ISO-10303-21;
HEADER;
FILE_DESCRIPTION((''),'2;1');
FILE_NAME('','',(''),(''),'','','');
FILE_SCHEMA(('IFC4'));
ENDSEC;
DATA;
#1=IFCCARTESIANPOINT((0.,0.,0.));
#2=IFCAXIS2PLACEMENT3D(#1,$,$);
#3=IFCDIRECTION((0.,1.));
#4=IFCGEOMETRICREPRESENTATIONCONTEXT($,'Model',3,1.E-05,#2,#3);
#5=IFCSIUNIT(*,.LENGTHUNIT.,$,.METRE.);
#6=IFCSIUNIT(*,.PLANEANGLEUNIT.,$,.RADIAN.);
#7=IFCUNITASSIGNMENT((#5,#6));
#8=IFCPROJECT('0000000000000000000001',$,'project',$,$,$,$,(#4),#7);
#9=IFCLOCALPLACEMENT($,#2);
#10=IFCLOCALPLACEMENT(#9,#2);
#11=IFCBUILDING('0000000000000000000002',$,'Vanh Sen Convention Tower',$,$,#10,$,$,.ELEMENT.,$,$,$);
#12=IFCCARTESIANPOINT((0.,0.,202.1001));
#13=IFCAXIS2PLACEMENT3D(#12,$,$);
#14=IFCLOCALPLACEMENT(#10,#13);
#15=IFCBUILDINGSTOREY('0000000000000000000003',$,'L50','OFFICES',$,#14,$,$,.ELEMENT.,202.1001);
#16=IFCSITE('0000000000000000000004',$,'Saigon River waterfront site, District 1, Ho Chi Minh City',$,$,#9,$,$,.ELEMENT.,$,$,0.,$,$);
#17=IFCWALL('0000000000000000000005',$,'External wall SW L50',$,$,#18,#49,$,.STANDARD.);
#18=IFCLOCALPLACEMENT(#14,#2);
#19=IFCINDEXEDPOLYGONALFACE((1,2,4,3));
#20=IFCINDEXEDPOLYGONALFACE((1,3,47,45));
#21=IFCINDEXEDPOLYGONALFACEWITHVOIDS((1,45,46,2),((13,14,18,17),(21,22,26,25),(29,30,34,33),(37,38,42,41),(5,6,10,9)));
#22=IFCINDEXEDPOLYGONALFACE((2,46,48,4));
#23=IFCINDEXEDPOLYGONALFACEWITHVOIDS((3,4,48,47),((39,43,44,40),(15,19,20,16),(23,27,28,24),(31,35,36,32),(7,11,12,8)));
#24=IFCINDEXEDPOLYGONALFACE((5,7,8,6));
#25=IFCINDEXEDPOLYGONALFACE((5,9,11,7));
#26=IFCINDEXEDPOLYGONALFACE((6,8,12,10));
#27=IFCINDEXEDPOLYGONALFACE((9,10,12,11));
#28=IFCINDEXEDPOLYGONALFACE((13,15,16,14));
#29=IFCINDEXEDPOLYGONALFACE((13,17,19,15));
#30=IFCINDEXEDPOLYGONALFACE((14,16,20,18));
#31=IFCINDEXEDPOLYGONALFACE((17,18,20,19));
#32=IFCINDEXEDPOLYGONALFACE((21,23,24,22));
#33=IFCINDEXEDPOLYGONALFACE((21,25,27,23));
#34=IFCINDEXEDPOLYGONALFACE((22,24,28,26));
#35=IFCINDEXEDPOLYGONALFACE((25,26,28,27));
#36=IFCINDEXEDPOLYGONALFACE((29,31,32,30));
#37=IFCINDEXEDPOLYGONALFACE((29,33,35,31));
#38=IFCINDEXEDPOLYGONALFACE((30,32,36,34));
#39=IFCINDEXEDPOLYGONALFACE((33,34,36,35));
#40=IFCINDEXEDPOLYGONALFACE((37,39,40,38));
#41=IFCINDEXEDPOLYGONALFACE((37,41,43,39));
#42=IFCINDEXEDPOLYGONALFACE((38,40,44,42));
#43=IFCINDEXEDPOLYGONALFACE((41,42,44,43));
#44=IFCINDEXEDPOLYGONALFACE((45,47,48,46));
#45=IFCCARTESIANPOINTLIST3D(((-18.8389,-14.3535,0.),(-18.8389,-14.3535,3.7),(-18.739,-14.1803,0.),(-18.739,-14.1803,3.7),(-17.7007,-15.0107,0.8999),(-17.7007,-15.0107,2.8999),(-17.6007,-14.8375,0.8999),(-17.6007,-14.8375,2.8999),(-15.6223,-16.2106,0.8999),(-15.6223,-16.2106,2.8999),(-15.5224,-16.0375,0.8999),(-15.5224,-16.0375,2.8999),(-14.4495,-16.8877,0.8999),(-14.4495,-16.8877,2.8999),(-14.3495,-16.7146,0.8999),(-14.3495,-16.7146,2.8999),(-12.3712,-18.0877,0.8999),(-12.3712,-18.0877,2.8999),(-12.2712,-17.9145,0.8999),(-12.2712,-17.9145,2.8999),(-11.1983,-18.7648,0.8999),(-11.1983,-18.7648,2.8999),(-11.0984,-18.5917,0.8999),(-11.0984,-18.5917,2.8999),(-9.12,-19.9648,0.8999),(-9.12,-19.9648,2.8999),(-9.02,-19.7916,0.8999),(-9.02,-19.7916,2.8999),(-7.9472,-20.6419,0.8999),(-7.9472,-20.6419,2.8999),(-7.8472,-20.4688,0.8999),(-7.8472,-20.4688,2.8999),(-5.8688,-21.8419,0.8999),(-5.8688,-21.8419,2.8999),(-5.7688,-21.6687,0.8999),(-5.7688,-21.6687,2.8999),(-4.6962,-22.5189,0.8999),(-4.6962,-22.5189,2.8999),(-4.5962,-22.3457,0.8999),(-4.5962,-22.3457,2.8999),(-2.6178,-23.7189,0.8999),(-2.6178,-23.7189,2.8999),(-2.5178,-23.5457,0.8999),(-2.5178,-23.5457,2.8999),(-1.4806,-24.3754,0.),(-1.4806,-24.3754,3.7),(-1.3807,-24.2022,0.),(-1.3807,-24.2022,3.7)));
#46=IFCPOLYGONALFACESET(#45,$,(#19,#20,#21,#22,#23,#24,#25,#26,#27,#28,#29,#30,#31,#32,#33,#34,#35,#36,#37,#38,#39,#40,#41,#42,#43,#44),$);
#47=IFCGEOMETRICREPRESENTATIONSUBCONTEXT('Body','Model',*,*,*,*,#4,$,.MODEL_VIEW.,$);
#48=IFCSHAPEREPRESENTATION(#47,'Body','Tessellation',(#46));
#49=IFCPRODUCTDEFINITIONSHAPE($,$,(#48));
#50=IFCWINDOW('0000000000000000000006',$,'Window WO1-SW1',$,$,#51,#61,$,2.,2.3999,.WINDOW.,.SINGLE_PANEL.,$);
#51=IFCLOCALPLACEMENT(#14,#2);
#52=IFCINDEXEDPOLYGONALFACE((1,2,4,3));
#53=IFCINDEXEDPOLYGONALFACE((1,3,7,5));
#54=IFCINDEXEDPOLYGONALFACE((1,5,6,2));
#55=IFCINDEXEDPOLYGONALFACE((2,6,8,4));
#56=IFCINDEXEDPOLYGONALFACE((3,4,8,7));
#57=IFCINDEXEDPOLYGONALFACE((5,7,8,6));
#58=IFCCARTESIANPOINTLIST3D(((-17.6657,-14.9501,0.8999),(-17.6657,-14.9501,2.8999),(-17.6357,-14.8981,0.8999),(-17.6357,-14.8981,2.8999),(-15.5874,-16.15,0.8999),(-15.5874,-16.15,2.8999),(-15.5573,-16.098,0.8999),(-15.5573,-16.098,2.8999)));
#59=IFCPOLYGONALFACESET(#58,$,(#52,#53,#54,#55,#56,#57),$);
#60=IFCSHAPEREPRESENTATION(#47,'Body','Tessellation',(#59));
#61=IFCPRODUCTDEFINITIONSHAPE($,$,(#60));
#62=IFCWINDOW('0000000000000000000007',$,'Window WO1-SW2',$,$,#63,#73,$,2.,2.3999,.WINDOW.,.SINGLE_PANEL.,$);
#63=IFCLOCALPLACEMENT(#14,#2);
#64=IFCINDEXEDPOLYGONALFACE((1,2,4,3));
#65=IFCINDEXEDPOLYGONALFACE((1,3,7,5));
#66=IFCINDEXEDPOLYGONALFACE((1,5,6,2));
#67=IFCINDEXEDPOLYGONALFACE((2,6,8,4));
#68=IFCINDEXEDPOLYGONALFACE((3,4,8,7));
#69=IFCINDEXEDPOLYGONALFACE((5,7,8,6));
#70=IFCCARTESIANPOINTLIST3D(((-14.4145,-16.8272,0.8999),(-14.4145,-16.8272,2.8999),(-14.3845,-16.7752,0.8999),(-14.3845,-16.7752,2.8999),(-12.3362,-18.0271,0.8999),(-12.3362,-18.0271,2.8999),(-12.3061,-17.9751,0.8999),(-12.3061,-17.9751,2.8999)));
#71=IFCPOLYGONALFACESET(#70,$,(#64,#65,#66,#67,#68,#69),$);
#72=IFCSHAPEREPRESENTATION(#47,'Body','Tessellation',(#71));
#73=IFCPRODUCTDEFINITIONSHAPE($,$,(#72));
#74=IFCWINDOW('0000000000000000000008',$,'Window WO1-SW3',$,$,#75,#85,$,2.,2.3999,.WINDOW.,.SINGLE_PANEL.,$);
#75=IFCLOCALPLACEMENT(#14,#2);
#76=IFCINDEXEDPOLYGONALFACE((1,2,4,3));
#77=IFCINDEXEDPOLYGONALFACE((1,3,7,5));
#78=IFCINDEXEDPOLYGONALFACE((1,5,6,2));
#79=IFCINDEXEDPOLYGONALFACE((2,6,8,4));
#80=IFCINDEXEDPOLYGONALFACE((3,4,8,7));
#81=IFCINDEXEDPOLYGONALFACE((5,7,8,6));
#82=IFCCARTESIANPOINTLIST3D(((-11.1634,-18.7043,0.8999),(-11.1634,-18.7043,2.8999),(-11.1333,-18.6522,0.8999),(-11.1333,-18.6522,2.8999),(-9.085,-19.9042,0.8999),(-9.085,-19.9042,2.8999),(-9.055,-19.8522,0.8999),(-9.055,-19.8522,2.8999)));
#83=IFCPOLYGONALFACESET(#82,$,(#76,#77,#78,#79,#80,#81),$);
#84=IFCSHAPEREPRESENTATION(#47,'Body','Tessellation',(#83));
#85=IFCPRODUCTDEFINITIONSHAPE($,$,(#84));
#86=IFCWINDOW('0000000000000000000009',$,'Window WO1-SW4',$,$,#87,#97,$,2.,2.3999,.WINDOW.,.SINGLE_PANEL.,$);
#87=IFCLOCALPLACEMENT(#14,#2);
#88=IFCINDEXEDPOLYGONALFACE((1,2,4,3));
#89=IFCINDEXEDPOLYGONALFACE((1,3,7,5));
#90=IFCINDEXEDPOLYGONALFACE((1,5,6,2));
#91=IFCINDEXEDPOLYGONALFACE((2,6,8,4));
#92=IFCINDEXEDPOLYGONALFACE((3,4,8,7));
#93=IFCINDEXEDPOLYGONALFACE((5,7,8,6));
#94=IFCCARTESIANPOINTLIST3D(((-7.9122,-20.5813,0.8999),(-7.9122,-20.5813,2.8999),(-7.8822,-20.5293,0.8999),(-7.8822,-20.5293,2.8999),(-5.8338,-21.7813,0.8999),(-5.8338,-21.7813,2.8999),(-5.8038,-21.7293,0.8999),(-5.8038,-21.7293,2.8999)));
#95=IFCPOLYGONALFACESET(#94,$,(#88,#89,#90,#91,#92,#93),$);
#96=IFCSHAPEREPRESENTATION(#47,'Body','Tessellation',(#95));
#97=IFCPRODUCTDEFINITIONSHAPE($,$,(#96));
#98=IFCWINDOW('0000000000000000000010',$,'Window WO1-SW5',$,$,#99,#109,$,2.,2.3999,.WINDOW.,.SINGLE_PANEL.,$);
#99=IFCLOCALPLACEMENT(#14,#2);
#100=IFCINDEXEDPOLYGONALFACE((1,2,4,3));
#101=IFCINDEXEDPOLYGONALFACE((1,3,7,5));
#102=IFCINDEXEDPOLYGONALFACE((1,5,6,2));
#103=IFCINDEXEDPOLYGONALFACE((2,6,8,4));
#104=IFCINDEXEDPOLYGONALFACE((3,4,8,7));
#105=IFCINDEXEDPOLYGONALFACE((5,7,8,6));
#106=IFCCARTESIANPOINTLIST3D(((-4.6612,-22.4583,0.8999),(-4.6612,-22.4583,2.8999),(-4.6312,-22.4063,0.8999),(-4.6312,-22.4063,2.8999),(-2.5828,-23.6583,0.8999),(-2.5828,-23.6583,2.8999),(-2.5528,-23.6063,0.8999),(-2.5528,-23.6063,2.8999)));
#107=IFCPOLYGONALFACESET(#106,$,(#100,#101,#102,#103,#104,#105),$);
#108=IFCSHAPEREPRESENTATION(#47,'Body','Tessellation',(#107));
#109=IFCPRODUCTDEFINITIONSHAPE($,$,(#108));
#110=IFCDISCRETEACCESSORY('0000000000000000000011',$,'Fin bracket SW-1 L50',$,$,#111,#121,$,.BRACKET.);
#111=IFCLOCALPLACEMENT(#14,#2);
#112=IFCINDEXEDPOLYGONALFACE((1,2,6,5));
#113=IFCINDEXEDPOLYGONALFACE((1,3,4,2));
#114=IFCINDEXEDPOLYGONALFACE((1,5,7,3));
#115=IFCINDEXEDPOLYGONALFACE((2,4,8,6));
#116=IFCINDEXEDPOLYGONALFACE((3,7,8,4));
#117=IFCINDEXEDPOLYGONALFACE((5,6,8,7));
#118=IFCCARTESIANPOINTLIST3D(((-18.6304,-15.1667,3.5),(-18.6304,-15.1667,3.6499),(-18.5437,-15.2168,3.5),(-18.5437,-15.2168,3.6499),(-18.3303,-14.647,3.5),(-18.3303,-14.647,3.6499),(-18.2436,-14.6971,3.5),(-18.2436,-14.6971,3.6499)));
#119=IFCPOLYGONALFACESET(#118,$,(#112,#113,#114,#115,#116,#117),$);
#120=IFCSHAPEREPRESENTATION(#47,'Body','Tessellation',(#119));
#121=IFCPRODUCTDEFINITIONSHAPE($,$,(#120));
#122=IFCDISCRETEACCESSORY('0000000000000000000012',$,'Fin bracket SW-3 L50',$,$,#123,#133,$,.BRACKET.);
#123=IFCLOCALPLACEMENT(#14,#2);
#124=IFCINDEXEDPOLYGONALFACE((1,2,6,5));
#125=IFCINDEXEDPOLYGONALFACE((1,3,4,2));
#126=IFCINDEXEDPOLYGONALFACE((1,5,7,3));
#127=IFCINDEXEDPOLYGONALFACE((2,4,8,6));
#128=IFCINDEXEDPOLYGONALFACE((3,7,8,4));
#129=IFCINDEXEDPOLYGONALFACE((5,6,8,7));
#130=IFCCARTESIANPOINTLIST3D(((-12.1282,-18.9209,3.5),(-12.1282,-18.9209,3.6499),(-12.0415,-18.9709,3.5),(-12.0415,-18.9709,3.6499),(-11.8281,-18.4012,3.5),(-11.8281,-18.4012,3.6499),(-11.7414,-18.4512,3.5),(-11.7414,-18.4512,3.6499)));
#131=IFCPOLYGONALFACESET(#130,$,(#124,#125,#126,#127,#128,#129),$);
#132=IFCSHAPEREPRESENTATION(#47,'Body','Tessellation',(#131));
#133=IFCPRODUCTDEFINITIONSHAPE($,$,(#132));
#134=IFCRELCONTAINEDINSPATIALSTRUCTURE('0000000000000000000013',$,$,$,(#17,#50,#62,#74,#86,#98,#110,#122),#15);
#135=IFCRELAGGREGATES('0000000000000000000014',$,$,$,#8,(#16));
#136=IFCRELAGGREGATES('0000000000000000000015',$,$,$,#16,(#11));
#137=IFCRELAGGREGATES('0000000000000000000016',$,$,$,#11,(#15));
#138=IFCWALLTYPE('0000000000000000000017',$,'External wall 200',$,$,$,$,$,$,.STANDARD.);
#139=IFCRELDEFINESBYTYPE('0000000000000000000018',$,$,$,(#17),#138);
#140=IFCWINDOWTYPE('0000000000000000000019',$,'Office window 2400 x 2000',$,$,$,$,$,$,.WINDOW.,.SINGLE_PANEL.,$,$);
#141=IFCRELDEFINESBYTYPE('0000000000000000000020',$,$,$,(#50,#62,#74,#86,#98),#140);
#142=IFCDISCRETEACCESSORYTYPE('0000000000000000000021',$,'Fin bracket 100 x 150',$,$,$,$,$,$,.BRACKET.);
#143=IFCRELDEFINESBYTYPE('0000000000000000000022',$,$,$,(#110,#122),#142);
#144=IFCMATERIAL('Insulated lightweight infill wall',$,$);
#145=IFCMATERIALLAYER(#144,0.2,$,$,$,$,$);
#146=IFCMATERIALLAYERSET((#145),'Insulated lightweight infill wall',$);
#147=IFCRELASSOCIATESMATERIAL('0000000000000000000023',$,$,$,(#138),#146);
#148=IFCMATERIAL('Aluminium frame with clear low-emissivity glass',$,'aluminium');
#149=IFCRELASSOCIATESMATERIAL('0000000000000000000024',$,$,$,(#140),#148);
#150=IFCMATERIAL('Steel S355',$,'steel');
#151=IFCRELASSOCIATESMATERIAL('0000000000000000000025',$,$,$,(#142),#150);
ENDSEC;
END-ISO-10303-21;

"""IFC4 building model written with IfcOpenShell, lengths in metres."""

from ifc_helpers import new_model, si_unit, direction, frame, frame_2d, origin, origin_2d, place, context, subcontext, project, spatial, rectangle, extrude, material, layer, layer_set, type_object, element, fill, save


model = new_model("IFC4")

# Units and contexts
model_context = context("Model", 3, precision=1e-05, world=origin(), true_north=direction((0.0, 1.0)))
body_context = subcontext(model_context, "Body", "Model", "MODEL_VIEW")
ifc_project = project(units=[si_unit("LENGTHUNIT", "METRE"), si_unit("PLANEANGLEUNIT", "RADIAN")], contexts=[model_context])

# Site, building, storey
site_placement = place(None, origin())
site = spatial("IfcSite", under=ifc_project, at=site_placement, Name="Saigon River waterfront site, District 1, Ho Chi Minh City", CompositionType="ELEMENT", RefElevation=0.0)
building_placement = place(site_placement, origin())
building = spatial("IfcBuilding", under=site, at=building_placement, Name="Vanh Sen Convention Tower", CompositionType="ELEMENT")
storey_placement = place(building_placement, frame((0.0, 0.0, 202.1001)))
storey = spatial("IfcBuildingStorey", under=building, at=storey_placement, Name="L50", Description="OFFICES", CompositionType="ELEMENT", Elevation=202.1001)

# Wall, openings, windows
ifc_material_1 = material(Name="Insulated lightweight infill wall")
ifc_layer_1 = layer(ifc_material_1, 0.2)
ifc_layer_set_1 = layer_set([ifc_layer_1], Name="Insulated lightweight infill wall")
wall_type_1 = type_object("IfcWallType", Name="External wall 200", PredefinedType="STANDARD", material=ifc_layer_set_1)
wall_1_placement = place(storey_placement, frame((-18.7891, -14.2668, 0.0), z_axis=(0.0, 0.0, 1.0), x_axis=(0.866023, -0.500004, 0.0)))
wall_1 = element("IfcWall", 1, at=wall_1_placement, inside=storey, type_object=wall_type_1, Name="External wall SW L50", PredefinedType="STANDARD", context=body_context, shape_type="SweptSolid", body=[
    extrude(rectangle(XDim=20.0437, YDim=0.2, at=frame_2d((10.022, 0.0))), origin(), (0.0, 0.0, 1.0), 3.7),
])
opening_1_placement = place(wall_1_placement, frame((1.3145, 0.0, 0.8999)))
opening_1 = element("IfcOpeningElement", 2, at=opening_1_placement, cuts=wall_1, PredefinedType="OPENING", context=body_context, shape_type="SweptSolid", body=[
    extrude(rectangle(XDim=2.3999, YDim=2.0, at=frame_2d((1.2, 1.0))), frame((0.0, 0.1099, 0.0), z_axis=(0.0, -1.0, 0.0), x_axis=(1.0, 0.0, 0.0)), (0.0, 0.0, 1.0), 0.22),
])
opening_2_placement = place(wall_1_placement, frame((5.0686, 0.0, 0.8999)))
opening_2 = element("IfcOpeningElement", 3, at=opening_2_placement, cuts=wall_1, PredefinedType="OPENING", context=body_context, shape_type="SweptSolid", body=[
    extrude(rectangle(XDim=2.3999, YDim=2.0, at=frame_2d((1.2, 1.0))), frame((0.0, 0.1099, 0.0), z_axis=(0.0, -1.0, 0.0), x_axis=(1.0, 0.0, 0.0)), (0.0, 0.0, 1.0), 0.22),
])
opening_3_placement = place(wall_1_placement, frame((8.8228, 0.0, 0.8999)))
opening_3 = element("IfcOpeningElement", 4, at=opening_3_placement, cuts=wall_1, PredefinedType="OPENING", context=body_context, shape_type="SweptSolid", body=[
    extrude(rectangle(XDim=2.3999, YDim=2.0, at=frame_2d((1.2, 1.0))), frame((0.0, 0.1099, 0.0), z_axis=(0.0, -1.0, 0.0), x_axis=(1.0, 0.0, 0.0)), (0.0, 0.0, 1.0), 0.22),
])
opening_4_placement = place(wall_1_placement, frame((12.5769, 0.0, 0.8999)))
opening_4 = element("IfcOpeningElement", 5, at=opening_4_placement, cuts=wall_1, PredefinedType="OPENING", context=body_context, shape_type="SweptSolid", body=[
    extrude(rectangle(XDim=2.3999, YDim=2.0, at=frame_2d((1.2, 1.0))), frame((0.0, 0.1099, 0.0), z_axis=(0.0, -1.0, 0.0), x_axis=(1.0, 0.0, 0.0)), (0.0, 0.0, 1.0), 0.22),
])
opening_5_placement = place(wall_1_placement, frame((16.3308, 0.0, 0.8999)))
opening_5 = element("IfcOpeningElement", 6, at=opening_5_placement, cuts=wall_1, PredefinedType="OPENING", context=body_context, shape_type="SweptSolid", body=[
    extrude(rectangle(XDim=2.3999, YDim=2.0, at=frame_2d((1.2, 1.0))), frame((0.0, 0.1099, 0.0), z_axis=(0.0, -1.0, 0.0), x_axis=(1.0, 0.0, 0.0)), (0.0, 0.0, 1.0), 0.22),
])
ifc_material_2 = material(Name="Aluminium frame with clear low-emissivity glass", Category="aluminium")
window_type = type_object("IfcWindowType", Name="Office window 2400 x 2000", PartitioningType="SINGLE_PANEL", PredefinedType="WINDOW", material=ifc_material_2)
window_1_placement = place(opening_1_placement, origin())
window_1 = element("IfcWindow", 7, at=window_1_placement, inside=storey, type_object=window_type, Name="Window WO1-SW1", OverallHeight=2.0, OverallWidth=2.3999, PartitioningType="SINGLE_PANEL", PredefinedType="WINDOW", context=body_context, shape_type="SweptSolid", body=[
    extrude(rectangle(XDim=2.3999, YDim=2.0, at=frame_2d((1.2, 1.0))), frame((0.0, 0.03, 0.0), z_axis=(0.0, -1.0, 0.0), x_axis=(1.0, 0.0, 0.0)), (0.0, 0.0, 1.0), 0.0601),
])
fill(opening_1, window_1)
window_2_placement = place(opening_2_placement, origin())
window_2 = element("IfcWindow", 8, at=window_2_placement, inside=storey, type_object=window_type, Name="Window WO1-SW2", OverallHeight=2.0, OverallWidth=2.3999, PartitioningType="SINGLE_PANEL", PredefinedType="WINDOW", context=body_context, shape_type="SweptSolid", body=[
    extrude(rectangle(XDim=2.3999, YDim=2.0, at=frame_2d((1.2, 1.0))), frame((0.0, 0.03, 0.0), z_axis=(0.0, -1.0, 0.0), x_axis=(1.0, 0.0, 0.0)), (0.0, 0.0, 1.0), 0.0601),
])
fill(opening_2, window_2)
window_3_placement = place(opening_3_placement, origin())
window_3 = element("IfcWindow", 9, at=window_3_placement, inside=storey, type_object=window_type, Name="Window WO1-SW3", OverallHeight=2.0, OverallWidth=2.3999, PartitioningType="SINGLE_PANEL", PredefinedType="WINDOW", context=body_context, shape_type="SweptSolid", body=[
    extrude(rectangle(XDim=2.3999, YDim=2.0, at=frame_2d((1.2, 1.0))), frame((0.0, 0.03, 0.0), z_axis=(0.0, -1.0, 0.0), x_axis=(1.0, 0.0, 0.0)), (0.0, 0.0, 1.0), 0.0601),
])
fill(opening_3, window_3)
window_4_placement = place(opening_4_placement, origin())
window_4 = element("IfcWindow", 10, at=window_4_placement, inside=storey, type_object=window_type, Name="Window WO1-SW4", OverallHeight=2.0, OverallWidth=2.3999, PartitioningType="SINGLE_PANEL", PredefinedType="WINDOW", context=body_context, shape_type="SweptSolid", body=[
    extrude(rectangle(XDim=2.3999, YDim=2.0, at=frame_2d((1.2, 1.0))), frame((0.0, 0.03, 0.0), z_axis=(0.0, -1.0, 0.0), x_axis=(1.0, 0.0, 0.0)), (0.0, 0.0, 1.0), 0.0601),
])
fill(opening_4, window_4)
window_5_placement = place(opening_5_placement, origin())
window_5 = element("IfcWindow", 11, at=window_5_placement, inside=storey, type_object=window_type, Name="Window WO1-SW5", OverallHeight=2.0, OverallWidth=2.3999, PartitioningType="SINGLE_PANEL", PredefinedType="WINDOW", context=body_context, shape_type="SweptSolid", body=[
    extrude(rectangle(XDim=2.3999, YDim=2.0, at=frame_2d((1.2, 1.0))), frame((0.0, 0.03, 0.0), z_axis=(0.0, -1.0, 0.0), x_axis=(1.0, 0.0, 0.0)), (0.0, 0.0, 1.0), 0.0601),
])
fill(opening_5, window_5)

# Discrete accessories
ifc_material_3 = material(Name="Steel S355", Category="steel")
discrete_accessory_type = type_object("IfcDiscreteAccessoryType", Name="Fin bracket 100 x 150", PredefinedType="BRACKET", material=ifc_material_3)
for number, where, z_axis, x_axis, name in (
    (12, (-18.437, -14.9319, 3.5), (0.0, 0.0, 1.0), (-0.5, -0.866025, 0.0), "Fin bracket SW-1 L50"),
    (13, (-11.9348, -18.686, 3.5), (0.0, 0.0, 1.0), (-0.5, -0.866025, 0.0), "Fin bracket SW-3 L50"),
):
    element("IfcDiscreteAccessory", number, at=place(storey_placement, frame(where, z_axis=z_axis, x_axis=x_axis)), inside=storey, type_object=discrete_accessory_type, Name=name, PredefinedType="BRACKET", context=body_context, shape_type="SweptSolid", body=[
        extrude(rectangle(XDim=0.6001, YDim=0.1001, at=origin_2d()), origin(), (0.0, 0.0, 1.0), 0.1499),
    ])

save(model, "model.ifc")
